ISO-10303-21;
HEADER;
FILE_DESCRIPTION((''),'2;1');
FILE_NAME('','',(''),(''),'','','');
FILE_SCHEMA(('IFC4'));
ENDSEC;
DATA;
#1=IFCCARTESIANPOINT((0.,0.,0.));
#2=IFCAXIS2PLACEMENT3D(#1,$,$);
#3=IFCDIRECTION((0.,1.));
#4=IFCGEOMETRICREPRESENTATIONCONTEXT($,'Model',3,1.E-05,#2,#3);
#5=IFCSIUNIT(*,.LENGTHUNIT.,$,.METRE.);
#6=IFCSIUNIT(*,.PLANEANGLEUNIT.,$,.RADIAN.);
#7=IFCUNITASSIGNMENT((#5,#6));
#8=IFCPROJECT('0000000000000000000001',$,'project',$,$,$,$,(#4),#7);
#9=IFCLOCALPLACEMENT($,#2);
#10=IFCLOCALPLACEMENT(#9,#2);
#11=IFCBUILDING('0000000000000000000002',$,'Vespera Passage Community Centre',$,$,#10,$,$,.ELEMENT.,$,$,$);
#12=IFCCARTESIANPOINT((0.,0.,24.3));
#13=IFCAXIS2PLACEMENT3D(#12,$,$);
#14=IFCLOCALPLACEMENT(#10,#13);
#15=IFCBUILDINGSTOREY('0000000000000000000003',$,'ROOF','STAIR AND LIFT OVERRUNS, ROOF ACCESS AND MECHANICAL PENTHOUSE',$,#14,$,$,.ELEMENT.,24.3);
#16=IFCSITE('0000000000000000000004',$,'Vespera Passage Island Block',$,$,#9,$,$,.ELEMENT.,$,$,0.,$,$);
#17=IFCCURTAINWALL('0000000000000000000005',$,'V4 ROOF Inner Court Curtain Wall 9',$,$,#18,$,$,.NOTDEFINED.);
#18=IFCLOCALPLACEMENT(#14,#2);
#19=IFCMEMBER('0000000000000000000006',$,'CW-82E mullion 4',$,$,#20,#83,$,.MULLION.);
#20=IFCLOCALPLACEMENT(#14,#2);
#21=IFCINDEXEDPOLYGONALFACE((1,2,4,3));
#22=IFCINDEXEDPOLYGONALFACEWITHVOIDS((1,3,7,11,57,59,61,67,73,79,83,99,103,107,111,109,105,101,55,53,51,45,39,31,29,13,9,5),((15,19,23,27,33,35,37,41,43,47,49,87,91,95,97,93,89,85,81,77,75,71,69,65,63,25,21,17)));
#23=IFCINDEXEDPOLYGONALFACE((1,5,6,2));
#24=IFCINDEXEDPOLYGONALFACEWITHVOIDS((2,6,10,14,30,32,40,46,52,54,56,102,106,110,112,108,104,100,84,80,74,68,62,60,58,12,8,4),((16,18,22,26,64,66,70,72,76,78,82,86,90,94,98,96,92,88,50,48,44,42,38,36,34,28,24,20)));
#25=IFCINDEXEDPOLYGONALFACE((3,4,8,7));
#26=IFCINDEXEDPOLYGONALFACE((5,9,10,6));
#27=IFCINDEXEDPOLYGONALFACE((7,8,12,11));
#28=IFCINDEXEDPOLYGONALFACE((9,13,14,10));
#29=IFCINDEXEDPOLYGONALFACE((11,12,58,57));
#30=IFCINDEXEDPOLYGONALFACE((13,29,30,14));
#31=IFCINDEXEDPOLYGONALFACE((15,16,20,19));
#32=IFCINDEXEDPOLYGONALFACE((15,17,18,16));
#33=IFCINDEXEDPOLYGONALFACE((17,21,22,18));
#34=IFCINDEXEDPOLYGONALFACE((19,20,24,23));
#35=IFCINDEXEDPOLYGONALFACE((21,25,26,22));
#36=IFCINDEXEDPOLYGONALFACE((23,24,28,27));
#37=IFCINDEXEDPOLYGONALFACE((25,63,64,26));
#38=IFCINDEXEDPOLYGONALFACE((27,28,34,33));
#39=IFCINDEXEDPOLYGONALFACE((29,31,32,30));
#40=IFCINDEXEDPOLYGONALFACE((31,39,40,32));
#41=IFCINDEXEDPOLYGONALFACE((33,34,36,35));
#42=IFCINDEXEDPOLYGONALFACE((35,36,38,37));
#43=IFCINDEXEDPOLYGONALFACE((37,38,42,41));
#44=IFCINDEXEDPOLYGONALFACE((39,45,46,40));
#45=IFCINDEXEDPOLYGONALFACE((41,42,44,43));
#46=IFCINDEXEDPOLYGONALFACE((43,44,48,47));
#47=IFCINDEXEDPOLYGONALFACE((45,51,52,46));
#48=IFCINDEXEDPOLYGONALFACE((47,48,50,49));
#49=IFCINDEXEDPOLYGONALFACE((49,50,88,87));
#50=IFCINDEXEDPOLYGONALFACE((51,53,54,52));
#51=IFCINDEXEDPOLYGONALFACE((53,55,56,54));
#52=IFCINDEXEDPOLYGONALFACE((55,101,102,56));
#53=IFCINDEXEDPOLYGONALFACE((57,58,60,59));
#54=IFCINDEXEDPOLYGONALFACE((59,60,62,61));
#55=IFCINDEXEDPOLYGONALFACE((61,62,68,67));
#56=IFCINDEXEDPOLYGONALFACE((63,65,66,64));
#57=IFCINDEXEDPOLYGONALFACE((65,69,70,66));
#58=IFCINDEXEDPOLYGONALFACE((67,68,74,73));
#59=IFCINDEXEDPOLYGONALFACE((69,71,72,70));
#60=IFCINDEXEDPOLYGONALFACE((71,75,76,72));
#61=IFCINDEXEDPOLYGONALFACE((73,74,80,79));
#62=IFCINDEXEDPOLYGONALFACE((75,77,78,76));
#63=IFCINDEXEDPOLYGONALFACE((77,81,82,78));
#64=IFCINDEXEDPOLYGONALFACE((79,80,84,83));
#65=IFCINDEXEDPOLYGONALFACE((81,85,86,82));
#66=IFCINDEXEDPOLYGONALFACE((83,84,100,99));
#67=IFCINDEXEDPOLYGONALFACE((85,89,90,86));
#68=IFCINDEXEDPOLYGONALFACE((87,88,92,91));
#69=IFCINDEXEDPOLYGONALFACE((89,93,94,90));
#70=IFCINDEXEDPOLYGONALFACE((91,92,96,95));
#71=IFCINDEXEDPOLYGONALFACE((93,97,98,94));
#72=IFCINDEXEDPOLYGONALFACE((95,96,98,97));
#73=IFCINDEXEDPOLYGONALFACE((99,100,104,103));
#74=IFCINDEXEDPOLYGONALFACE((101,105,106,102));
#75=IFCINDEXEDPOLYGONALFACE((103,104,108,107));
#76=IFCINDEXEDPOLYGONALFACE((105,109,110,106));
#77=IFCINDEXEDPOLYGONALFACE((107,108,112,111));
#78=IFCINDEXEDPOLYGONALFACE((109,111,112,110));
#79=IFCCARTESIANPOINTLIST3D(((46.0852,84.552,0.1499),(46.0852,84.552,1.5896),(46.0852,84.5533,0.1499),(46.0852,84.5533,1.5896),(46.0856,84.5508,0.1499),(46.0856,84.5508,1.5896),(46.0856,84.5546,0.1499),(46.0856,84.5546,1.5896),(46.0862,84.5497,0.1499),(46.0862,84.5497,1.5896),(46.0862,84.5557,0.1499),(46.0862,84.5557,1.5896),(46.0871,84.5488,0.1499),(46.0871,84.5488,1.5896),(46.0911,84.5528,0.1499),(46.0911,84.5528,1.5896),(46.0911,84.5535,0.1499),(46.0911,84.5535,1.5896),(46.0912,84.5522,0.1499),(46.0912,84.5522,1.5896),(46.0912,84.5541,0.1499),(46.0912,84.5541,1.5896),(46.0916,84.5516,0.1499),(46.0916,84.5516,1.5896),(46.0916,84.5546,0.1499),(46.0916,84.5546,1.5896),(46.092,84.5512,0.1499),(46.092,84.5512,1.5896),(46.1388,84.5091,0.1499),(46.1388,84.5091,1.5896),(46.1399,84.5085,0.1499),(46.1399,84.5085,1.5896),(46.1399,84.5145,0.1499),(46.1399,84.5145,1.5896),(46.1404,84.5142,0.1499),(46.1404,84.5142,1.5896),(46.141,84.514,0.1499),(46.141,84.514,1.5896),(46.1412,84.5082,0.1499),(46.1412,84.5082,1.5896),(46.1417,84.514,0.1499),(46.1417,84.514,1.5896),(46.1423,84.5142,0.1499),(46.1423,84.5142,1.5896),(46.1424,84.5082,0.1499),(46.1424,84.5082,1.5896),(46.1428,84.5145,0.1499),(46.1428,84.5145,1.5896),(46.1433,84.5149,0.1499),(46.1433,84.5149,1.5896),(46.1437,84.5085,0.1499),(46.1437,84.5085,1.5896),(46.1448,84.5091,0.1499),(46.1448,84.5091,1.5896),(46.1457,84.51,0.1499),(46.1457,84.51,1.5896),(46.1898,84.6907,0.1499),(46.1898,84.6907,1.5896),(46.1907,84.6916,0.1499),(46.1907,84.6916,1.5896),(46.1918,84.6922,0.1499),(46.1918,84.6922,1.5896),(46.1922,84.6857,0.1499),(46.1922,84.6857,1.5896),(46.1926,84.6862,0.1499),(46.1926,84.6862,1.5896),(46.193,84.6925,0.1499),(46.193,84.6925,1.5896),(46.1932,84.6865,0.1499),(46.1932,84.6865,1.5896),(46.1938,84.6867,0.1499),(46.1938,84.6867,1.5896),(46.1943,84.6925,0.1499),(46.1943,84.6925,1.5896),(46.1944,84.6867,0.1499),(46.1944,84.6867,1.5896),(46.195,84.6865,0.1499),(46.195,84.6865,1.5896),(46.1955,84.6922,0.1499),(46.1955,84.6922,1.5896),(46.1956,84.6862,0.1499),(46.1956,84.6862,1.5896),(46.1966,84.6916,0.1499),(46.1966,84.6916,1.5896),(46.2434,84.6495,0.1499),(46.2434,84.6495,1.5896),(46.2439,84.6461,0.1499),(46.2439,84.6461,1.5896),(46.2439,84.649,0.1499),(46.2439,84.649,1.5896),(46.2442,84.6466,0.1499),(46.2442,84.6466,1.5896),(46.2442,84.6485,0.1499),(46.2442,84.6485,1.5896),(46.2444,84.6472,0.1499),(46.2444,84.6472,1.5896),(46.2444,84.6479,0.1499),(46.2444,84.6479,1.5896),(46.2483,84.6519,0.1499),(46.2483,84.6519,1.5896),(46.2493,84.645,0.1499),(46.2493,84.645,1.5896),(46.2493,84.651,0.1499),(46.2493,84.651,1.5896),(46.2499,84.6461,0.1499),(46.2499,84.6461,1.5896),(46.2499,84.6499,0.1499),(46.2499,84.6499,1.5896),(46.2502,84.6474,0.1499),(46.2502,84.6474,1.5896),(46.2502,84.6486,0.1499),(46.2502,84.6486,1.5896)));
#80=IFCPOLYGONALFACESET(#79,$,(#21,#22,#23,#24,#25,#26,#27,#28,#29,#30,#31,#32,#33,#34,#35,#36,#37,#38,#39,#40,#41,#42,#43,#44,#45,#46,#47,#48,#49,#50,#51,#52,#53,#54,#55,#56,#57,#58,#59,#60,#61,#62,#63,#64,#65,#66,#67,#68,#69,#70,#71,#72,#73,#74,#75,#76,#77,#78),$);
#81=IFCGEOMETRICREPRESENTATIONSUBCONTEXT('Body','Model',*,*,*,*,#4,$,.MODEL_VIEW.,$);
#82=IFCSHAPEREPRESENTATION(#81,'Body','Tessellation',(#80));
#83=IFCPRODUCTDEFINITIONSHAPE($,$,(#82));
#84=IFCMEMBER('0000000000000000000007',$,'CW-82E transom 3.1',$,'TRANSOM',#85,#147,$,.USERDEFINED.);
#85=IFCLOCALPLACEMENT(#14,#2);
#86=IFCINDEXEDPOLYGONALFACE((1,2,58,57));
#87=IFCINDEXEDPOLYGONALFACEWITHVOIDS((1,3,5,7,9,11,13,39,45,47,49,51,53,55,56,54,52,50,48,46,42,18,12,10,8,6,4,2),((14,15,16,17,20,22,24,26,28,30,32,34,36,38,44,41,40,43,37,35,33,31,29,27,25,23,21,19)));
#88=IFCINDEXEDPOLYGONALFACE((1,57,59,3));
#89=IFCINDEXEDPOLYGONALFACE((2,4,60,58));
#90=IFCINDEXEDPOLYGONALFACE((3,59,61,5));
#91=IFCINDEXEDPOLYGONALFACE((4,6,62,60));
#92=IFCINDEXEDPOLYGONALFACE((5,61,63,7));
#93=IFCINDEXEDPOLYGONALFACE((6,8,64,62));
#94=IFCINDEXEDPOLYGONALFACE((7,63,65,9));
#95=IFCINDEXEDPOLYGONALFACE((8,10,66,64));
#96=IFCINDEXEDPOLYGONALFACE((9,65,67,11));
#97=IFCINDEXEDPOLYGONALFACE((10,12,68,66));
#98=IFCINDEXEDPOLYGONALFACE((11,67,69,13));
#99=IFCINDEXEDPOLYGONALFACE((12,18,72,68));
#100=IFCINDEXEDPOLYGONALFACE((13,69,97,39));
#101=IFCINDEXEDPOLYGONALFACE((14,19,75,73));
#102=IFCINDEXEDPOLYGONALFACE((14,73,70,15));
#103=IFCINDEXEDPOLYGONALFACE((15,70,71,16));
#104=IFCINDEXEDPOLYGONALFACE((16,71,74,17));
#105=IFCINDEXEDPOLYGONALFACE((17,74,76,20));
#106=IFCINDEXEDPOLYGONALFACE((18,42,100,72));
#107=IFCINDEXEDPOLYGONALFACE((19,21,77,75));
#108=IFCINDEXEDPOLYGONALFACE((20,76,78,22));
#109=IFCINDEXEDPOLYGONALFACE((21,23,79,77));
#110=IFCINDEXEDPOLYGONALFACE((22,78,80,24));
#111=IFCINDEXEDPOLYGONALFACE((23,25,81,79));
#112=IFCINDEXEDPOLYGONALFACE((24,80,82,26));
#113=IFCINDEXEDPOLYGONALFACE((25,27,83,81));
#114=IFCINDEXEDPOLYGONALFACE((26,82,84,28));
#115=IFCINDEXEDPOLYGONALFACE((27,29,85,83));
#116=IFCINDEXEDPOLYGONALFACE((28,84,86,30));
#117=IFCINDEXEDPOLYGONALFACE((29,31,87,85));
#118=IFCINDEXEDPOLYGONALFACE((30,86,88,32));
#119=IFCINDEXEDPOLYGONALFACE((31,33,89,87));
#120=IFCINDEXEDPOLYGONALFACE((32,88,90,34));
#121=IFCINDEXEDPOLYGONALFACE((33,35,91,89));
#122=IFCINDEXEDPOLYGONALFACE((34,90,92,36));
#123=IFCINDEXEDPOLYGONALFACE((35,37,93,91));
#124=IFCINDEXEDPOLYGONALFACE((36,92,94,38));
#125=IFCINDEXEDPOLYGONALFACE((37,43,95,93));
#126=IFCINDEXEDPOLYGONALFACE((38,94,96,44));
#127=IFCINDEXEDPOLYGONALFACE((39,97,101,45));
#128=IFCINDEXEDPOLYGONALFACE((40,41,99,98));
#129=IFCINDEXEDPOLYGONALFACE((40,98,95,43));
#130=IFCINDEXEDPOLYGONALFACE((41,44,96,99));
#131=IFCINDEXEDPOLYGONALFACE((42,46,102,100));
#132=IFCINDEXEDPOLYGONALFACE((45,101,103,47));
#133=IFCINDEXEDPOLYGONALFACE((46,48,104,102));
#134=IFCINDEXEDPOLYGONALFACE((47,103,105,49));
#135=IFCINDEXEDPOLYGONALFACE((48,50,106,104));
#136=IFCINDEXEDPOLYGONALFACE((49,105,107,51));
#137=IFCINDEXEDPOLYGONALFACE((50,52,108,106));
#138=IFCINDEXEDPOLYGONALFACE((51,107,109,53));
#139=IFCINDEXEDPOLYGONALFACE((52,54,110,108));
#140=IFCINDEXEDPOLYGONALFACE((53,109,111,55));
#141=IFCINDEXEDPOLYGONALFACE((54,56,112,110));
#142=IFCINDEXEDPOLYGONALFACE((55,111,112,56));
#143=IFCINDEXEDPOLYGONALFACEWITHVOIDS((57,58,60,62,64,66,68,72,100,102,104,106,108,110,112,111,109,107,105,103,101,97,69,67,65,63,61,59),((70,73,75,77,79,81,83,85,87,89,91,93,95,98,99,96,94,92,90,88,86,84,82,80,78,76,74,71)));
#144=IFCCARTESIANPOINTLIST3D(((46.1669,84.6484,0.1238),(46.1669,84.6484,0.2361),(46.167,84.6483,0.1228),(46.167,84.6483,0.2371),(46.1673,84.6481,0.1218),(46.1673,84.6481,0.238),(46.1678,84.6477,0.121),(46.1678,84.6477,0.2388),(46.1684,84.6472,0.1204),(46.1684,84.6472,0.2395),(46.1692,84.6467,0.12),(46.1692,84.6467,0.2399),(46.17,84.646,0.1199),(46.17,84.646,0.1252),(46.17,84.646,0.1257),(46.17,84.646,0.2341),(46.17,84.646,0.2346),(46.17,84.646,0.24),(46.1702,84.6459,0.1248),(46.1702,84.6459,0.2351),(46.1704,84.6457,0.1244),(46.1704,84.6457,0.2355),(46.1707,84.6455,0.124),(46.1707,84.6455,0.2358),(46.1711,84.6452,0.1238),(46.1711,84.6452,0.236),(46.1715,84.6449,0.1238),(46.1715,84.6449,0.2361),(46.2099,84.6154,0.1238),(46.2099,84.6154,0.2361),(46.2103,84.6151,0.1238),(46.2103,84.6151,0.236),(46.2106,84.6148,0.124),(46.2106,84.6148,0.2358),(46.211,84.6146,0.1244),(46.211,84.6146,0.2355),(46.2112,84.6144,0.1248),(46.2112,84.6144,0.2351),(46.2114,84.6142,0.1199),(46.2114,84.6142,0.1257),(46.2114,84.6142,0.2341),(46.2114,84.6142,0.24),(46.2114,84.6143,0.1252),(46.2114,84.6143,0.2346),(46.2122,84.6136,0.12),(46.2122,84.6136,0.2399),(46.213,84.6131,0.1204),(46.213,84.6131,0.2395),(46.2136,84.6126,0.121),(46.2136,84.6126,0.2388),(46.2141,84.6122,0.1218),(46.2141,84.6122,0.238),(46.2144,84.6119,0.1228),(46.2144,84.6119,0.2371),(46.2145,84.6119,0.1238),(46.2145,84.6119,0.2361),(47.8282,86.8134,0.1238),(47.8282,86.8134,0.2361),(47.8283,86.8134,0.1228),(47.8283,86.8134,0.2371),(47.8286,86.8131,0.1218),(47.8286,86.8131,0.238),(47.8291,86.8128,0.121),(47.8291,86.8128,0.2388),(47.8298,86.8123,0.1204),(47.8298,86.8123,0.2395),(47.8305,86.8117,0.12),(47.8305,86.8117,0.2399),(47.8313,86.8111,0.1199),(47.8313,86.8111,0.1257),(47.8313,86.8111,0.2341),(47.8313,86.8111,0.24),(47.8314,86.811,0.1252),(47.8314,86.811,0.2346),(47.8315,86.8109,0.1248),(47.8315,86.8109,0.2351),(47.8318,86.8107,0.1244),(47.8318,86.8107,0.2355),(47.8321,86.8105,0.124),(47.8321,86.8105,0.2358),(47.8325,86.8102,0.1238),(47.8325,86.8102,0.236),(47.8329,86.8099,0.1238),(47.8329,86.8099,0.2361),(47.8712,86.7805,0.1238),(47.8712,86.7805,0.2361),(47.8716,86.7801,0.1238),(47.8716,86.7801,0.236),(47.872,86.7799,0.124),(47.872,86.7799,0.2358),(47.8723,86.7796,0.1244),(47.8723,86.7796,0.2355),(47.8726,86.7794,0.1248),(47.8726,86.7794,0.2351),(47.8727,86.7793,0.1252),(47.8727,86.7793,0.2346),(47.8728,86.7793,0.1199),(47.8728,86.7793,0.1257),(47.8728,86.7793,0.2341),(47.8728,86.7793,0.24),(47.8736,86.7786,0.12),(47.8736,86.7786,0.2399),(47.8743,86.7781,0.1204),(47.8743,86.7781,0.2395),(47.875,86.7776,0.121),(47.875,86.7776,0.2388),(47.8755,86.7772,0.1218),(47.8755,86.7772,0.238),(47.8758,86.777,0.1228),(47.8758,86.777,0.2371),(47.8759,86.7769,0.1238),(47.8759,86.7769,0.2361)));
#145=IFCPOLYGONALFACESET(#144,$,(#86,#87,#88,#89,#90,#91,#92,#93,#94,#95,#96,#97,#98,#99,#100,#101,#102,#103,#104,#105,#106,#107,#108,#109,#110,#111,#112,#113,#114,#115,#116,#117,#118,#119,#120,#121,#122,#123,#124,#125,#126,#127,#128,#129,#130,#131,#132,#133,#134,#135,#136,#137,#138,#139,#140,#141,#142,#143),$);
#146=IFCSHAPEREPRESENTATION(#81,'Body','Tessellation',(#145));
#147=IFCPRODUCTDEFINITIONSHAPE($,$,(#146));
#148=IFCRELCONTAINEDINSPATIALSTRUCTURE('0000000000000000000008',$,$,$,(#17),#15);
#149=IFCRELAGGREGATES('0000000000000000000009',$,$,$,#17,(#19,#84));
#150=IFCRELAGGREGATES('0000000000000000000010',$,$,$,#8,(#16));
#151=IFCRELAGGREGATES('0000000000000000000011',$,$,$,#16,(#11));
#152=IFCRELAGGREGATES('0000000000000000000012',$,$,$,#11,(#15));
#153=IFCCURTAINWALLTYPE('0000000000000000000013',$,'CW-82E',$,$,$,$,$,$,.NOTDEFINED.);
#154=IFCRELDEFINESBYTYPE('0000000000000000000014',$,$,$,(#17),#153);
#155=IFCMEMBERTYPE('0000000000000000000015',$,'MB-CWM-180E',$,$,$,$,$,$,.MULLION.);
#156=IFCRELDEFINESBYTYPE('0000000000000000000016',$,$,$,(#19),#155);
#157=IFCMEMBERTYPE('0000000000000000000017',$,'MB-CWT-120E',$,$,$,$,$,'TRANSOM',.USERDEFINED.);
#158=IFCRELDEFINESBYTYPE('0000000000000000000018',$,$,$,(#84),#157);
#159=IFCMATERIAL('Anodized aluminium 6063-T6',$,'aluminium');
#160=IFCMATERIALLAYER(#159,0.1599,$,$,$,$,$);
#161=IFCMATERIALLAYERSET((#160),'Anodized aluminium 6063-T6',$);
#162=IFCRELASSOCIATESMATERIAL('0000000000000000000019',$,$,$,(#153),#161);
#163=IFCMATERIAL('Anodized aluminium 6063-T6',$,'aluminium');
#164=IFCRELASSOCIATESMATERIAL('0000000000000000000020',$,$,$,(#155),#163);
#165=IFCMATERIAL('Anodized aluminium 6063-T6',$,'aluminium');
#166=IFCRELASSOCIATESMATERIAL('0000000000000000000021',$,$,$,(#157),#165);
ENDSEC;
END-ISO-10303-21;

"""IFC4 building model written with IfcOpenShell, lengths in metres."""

from ifc_helpers import new_model, si_unit, direction, frame, origin, origin_2d, place, context, subcontext, project, spatial, hollow_rectangle, extrude, material, layer, layer_set, material_profile, profile_set, type_object, element, aggregate, save


model = new_model("IFC4")

# Units and contexts
model_context = context("Model", 3, precision=1e-05, world=origin(), true_north=direction((0.0, 1.0)))
body_context = subcontext(model_context, "Body", "Model", "MODEL_VIEW")
ifc_project = project(units=[si_unit("LENGTHUNIT", "METRE"), si_unit("PLANEANGLEUNIT", "RADIAN")], contexts=[model_context])

# Site, building, storey
site_placement = place(None, origin())
site = spatial("IfcSite", under=ifc_project, at=site_placement, Name="Vespera Passage Island Block", CompositionType="ELEMENT", RefElevation=0.0)
building_placement = place(site_placement, origin())
building = spatial("IfcBuilding", under=site, at=building_placement, Name="Vespera Passage Community Centre", CompositionType="ELEMENT")
storey_placement = place(building_placement, frame((0.0, 0.0, 24.3)))
storey = spatial("IfcBuildingStorey", under=building, at=storey_placement, Name="ROOF", Description="STAIR AND LIFT OVERRUNS, ROOF ACCESS AND MECHANICAL PENTHOUSE", CompositionType="ELEMENT", Elevation=24.3)

# Curtain wall, members
ifc_material_1 = material(Name="Anodized aluminium 6063-T6", Category="aluminium")
ifc_layer_1 = layer(ifc_material_1, 0.1599)
ifc_layer_set_1 = layer_set([ifc_layer_1], Name="Anodized aluminium 6063-T6")
curtain_wall_type = type_object("IfcCurtainWallType", Name="CW-82E", PredefinedType="NOTDEFINED", material=ifc_layer_set_1)
curtain_wall_placement = place(storey_placement, origin())
curtain_wall = element("IfcCurtainWall", 1, at=curtain_wall_placement, inside=storey, type_object=curtain_wall_type, Name="V4 ROOF Inner Court Curtain Wall 9", PredefinedType="NOTDEFINED")
ifc_material_2 = material(Name="Anodized aluminium 6063-T6", Category="aluminium")
ifc_material_profile_1 = material_profile(ifc_material_2, hollow_rectangle(XDim=0.075, YDim=0.1799, WallThickness=0.0049, InnerFilletRadius=0.0024, OuterFilletRadius=0.0049, at=origin_2d()), Name="ALU180X75X5")
ifc_profile_set_1 = profile_set([ifc_material_profile_1], Name="Anodized aluminium 6063-T6")
member_type_1 = type_object("IfcMemberType", Name="MB-CWM-180E", PredefinedType="MULLION", material=ifc_profile_set_1)
member_1_placement = place(storey_placement, frame((46.1677, 84.6003, 0.1499), z_axis=(0.0, 0.0, 1.0), x_axis=(0.793358, -0.608755, 0.0)))
member_1 = element("IfcMember", 2, at=member_1_placement, type_object=member_type_1, Name="CW-82E mullion 4", PredefinedType="MULLION", context=body_context, shape_type="SweptSolid", body=[
    extrude(hollow_rectangle(XDim=0.075, YDim=0.1799, WallThickness=0.0049, InnerFilletRadius=0.0024, OuterFilletRadius=0.0049, at=origin_2d()), origin(), (0.0, 0.0, 1.0), 1.4397),
])
ifc_material_3 = material(Name="Anodized aluminium 6063-T6", Category="aluminium")
ifc_material_profile_2 = material_profile(ifc_material_3, hollow_rectangle(XDim=0.0601, YDim=0.1201, WallThickness=0.0039, InnerFilletRadius=0.002, OuterFilletRadius=0.0039, at=origin_2d()), Name="ALU120X60X4")
ifc_profile_set_2 = profile_set([ifc_material_profile_2], Name="Anodized aluminium 6063-T6")
member_type_2 = type_object("IfcMemberType", Name="MB-CWT-120E", ElementType="TRANSOM", PredefinedType="USERDEFINED", material=ifc_profile_set_2)
member_2_placement = place(storey_placement, frame((47.8521, 86.7952, 0.1799), z_axis=(-0.608781, -0.793338, 0.0), x_axis=(0.793338, -0.608781, 0.0)))
member_2 = element("IfcMember", 3, at=member_2_placement, type_object=member_type_2, Name="CW-82E transom 3.1", ObjectType="TRANSOM", PredefinedType="USERDEFINED", context=body_context, shape_type="SweptSolid", body=[
    extrude(hollow_rectangle(XDim=0.0601, YDim=0.1201, WallThickness=0.0039, InnerFilletRadius=0.002, OuterFilletRadius=0.0039, at=origin_2d()), origin(), (0.0, 0.0, 1.0), 2.729),
])

aggregate(curtain_wall, [member_1, member_2])

save(model, "model.ifc")
